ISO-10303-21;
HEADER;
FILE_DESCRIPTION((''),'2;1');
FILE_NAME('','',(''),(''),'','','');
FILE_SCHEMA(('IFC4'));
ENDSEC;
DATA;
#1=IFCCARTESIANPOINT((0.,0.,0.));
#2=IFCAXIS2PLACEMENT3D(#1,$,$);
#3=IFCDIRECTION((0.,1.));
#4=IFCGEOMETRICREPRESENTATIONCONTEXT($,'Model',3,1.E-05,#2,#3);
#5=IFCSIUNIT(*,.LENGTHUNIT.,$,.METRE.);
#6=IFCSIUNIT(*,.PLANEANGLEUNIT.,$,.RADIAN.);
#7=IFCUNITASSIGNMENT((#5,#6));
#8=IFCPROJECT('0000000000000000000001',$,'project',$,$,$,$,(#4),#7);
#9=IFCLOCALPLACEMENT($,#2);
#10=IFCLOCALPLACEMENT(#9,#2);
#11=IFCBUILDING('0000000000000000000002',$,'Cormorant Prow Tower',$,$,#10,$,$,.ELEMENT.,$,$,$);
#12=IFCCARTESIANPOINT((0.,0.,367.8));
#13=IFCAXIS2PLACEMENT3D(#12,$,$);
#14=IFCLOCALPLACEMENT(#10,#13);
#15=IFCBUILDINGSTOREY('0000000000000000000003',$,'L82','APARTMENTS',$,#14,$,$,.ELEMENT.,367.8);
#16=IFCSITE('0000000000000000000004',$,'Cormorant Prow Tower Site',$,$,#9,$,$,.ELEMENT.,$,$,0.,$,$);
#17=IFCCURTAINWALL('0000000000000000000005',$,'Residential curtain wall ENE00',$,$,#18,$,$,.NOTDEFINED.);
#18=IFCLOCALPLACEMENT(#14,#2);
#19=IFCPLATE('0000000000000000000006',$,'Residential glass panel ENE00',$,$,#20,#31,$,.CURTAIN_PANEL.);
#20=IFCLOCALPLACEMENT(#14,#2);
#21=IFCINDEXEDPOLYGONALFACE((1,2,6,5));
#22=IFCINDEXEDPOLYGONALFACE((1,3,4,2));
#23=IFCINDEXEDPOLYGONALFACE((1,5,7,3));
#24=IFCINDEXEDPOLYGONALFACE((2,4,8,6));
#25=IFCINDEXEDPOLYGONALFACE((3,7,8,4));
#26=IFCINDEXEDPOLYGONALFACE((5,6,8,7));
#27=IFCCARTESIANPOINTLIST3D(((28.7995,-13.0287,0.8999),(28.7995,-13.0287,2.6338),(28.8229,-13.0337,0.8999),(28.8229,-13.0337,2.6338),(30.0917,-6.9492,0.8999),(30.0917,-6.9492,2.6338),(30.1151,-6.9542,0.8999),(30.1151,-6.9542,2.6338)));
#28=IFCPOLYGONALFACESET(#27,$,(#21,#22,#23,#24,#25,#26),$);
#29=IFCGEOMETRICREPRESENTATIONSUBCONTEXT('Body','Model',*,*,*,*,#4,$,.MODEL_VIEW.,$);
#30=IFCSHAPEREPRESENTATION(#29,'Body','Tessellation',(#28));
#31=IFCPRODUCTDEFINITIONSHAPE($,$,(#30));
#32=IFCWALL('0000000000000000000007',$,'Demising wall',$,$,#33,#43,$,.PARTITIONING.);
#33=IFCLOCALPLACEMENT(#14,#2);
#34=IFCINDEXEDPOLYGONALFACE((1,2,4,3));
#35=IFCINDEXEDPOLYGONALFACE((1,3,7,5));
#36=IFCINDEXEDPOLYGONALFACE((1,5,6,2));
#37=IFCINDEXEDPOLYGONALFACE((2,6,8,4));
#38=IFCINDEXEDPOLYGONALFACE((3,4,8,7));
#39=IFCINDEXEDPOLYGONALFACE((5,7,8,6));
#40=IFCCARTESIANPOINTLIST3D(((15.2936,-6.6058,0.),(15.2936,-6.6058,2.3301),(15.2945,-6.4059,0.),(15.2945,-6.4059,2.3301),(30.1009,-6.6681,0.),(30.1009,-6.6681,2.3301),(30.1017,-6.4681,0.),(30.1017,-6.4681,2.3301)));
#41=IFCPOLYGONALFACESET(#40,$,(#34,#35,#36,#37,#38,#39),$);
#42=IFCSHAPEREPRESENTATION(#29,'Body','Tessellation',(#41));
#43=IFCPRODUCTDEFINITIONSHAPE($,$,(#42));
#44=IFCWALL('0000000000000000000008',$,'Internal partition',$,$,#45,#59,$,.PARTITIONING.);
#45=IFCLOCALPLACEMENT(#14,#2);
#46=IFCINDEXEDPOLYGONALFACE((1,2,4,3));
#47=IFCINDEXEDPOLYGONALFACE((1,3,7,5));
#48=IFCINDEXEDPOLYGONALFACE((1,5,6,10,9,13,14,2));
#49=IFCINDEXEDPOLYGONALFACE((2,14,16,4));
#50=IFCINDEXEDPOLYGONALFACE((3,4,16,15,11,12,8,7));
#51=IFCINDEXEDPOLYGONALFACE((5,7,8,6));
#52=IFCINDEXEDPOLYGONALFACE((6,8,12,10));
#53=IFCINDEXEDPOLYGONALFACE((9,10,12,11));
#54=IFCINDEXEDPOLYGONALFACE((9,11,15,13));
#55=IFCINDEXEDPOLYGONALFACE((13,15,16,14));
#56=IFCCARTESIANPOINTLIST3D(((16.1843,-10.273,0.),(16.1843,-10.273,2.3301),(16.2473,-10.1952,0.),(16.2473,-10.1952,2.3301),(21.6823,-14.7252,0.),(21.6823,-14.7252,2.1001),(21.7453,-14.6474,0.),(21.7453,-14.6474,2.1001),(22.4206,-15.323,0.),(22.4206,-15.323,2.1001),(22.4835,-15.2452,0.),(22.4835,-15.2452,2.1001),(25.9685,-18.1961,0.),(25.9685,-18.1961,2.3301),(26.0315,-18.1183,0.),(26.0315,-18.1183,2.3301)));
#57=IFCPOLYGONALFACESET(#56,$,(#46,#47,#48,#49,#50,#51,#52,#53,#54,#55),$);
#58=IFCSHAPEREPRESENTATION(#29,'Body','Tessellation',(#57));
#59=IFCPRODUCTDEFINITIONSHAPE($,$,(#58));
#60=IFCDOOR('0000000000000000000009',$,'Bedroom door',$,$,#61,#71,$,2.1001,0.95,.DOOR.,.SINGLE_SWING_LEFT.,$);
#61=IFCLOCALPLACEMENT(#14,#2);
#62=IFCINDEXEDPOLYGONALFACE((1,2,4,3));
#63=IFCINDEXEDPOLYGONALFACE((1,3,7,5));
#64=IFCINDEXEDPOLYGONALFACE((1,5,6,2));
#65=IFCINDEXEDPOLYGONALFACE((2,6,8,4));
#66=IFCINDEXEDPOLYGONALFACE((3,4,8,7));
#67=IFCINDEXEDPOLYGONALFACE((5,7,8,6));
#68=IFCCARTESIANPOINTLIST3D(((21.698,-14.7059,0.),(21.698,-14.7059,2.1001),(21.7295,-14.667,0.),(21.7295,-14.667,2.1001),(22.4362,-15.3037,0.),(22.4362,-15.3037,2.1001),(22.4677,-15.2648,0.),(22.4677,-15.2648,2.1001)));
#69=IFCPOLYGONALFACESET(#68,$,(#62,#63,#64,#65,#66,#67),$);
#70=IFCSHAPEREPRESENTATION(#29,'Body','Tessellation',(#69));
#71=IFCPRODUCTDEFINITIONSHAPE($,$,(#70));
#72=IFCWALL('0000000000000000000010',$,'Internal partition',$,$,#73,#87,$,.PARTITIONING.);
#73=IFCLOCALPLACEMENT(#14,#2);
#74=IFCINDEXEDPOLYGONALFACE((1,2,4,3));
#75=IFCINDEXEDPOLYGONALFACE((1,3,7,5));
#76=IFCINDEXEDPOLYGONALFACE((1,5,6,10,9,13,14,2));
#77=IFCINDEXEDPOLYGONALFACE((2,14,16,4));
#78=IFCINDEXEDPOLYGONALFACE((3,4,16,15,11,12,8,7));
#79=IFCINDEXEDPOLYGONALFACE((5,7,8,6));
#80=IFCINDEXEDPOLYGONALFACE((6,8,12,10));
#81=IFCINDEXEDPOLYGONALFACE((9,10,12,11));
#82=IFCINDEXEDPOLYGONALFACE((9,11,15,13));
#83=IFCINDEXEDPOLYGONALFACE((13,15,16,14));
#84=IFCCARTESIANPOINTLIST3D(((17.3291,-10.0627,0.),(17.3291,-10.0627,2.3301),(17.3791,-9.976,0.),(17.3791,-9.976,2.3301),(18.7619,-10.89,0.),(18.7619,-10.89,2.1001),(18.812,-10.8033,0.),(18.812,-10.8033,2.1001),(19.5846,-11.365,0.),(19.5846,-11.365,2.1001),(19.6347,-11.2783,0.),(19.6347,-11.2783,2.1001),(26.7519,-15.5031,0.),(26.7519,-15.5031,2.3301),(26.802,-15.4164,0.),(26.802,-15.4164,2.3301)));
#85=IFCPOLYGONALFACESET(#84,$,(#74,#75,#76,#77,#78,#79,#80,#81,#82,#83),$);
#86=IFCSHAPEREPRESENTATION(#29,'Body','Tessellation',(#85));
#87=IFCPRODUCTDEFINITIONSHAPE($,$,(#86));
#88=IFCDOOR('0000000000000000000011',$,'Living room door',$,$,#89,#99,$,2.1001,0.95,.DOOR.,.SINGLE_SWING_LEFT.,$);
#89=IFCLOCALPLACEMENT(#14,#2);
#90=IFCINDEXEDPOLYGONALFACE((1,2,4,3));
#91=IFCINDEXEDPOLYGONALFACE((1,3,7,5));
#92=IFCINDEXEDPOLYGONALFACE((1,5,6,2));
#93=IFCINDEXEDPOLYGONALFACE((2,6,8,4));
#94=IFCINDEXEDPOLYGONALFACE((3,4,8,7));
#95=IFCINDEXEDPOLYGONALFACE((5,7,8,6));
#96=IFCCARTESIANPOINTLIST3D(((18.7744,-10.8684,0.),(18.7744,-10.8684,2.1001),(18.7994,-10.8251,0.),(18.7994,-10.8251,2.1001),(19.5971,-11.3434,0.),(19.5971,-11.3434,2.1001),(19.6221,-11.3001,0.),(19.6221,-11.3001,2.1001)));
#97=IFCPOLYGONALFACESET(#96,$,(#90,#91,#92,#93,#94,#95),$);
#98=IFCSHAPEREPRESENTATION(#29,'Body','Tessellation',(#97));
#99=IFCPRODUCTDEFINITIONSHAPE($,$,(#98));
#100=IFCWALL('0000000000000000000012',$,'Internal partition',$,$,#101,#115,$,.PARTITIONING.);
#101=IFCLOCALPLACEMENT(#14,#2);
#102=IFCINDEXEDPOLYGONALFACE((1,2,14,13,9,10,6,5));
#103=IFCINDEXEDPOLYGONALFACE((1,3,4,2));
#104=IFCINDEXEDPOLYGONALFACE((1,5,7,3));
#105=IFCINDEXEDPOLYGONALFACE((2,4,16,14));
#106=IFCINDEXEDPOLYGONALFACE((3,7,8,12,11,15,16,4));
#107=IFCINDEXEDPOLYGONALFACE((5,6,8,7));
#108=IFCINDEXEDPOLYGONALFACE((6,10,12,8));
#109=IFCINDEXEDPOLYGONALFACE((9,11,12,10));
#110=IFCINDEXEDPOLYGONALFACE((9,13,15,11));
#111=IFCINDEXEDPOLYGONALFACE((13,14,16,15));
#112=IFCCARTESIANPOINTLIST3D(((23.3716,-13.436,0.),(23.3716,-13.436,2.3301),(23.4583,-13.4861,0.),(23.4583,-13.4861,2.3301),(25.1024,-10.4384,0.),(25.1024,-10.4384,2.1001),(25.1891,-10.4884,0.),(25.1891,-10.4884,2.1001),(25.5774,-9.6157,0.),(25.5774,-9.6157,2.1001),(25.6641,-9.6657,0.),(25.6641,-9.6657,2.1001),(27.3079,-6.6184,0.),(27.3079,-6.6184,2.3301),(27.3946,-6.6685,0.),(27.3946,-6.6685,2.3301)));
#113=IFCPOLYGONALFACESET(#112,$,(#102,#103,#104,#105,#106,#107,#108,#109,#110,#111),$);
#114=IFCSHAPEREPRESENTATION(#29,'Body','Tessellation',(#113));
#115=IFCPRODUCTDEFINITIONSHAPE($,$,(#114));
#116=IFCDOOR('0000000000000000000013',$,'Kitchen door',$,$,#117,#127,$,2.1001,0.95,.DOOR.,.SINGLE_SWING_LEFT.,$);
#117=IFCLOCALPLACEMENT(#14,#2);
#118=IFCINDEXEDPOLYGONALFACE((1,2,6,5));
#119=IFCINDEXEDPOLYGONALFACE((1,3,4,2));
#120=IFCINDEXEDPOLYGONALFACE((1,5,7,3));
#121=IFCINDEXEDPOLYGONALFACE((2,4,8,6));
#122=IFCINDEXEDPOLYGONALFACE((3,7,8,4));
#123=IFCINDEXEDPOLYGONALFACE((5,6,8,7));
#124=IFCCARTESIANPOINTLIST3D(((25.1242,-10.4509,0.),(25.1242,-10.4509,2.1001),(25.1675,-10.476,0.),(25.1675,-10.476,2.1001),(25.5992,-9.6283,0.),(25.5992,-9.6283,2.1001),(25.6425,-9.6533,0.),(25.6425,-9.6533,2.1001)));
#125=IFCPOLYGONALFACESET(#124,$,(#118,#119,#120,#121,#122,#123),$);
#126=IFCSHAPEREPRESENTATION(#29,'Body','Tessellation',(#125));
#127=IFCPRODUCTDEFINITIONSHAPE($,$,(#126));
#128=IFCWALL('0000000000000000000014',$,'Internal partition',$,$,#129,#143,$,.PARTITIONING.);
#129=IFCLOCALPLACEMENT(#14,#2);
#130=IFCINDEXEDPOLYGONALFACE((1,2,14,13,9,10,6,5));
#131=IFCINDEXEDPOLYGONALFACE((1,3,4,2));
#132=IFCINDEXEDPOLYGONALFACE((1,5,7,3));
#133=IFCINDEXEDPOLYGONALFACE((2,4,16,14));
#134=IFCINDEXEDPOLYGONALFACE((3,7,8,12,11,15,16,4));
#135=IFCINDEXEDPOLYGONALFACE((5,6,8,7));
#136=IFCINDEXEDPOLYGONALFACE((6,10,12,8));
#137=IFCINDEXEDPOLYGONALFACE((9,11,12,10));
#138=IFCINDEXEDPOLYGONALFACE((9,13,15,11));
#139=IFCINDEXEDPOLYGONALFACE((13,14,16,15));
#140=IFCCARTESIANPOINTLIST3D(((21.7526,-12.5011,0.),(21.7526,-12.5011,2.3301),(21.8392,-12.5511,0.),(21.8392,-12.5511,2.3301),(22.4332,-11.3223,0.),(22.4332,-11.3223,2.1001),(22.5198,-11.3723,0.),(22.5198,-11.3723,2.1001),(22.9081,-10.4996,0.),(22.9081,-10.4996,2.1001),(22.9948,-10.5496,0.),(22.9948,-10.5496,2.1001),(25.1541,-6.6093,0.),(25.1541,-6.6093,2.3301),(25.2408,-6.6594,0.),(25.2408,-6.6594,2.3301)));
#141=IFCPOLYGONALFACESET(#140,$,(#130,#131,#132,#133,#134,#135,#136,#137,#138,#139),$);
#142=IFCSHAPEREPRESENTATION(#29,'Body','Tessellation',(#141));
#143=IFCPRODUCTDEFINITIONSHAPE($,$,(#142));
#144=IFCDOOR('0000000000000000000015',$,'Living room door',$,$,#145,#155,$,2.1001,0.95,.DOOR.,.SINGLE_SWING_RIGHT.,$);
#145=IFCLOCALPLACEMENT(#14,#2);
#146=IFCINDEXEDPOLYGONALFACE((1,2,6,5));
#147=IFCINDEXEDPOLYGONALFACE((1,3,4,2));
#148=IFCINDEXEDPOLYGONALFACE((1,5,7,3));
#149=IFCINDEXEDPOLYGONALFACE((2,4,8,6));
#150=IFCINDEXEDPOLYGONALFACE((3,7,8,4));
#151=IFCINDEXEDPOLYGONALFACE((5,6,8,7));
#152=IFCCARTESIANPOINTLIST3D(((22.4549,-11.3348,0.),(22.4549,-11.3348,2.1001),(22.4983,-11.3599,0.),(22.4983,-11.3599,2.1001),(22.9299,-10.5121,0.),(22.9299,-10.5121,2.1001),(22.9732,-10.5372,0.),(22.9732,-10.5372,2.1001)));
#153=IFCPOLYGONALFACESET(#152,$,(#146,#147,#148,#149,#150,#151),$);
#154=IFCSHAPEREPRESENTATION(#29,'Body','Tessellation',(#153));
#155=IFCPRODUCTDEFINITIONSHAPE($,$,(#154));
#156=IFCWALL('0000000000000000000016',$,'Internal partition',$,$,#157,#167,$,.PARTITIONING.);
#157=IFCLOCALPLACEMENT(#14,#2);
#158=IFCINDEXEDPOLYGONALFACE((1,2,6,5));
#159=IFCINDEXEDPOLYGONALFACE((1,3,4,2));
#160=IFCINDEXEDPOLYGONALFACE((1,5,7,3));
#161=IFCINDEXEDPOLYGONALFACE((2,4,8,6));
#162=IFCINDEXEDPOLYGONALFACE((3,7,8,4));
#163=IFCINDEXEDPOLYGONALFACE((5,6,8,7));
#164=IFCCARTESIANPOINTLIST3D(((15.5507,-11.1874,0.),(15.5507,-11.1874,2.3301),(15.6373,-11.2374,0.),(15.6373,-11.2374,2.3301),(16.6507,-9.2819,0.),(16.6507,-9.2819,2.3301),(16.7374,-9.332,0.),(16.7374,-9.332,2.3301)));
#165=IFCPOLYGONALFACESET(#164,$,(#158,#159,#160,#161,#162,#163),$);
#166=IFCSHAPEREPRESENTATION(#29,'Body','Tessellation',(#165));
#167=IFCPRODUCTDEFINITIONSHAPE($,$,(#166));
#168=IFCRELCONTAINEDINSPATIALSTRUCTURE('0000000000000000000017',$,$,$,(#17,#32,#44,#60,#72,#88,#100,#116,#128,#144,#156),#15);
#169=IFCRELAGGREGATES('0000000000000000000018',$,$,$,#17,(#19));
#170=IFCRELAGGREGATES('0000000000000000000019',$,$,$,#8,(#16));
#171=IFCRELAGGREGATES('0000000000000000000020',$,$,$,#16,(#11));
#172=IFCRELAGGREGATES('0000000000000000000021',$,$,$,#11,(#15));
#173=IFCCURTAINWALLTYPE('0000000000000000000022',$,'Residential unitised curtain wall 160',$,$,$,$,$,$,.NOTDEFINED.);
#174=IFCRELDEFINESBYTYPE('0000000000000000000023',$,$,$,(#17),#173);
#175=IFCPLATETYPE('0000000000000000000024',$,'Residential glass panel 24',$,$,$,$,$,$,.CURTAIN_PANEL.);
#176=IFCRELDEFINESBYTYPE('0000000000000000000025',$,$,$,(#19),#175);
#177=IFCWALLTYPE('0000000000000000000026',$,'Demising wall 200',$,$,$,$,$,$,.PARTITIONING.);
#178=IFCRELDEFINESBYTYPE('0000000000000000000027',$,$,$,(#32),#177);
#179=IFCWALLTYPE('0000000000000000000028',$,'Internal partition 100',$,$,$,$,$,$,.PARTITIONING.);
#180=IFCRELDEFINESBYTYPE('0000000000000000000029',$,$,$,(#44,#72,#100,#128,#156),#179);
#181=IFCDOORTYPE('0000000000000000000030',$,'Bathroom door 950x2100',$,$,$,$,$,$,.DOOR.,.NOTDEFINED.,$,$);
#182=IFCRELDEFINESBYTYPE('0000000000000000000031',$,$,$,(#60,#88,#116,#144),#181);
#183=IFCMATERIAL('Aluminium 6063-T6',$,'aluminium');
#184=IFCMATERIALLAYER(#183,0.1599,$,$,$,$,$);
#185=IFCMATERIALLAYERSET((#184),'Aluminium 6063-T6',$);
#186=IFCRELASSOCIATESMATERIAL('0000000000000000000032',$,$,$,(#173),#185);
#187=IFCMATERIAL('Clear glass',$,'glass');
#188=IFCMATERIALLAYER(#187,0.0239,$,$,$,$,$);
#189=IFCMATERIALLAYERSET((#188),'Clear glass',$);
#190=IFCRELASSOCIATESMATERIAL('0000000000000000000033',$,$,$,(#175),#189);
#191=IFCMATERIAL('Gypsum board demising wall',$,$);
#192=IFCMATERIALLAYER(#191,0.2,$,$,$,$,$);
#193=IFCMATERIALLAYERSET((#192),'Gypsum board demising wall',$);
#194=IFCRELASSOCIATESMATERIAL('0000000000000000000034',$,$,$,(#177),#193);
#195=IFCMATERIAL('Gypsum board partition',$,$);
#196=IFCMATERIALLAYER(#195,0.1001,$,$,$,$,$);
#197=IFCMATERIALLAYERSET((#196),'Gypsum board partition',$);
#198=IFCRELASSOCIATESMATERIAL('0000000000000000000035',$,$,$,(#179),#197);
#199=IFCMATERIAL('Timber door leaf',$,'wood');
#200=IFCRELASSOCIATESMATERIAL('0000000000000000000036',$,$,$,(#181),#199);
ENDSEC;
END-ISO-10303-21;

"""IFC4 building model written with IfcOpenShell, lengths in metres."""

from ifc_helpers import new_model, si_unit, direction, frame, frame_2d, origin, origin_2d, place, context, subcontext, project, spatial, rectangle, extrude, material, layer, layer_set, type_object, element, fill, aggregate, save


model = new_model("IFC4")

# Units and contexts
model_context = context("Model", 3, precision=1e-05, world=origin(), true_north=direction((0.0, 1.0)))
body_context = subcontext(model_context, "Body", "Model", "MODEL_VIEW")
ifc_project = project(units=[si_unit("LENGTHUNIT", "METRE"), si_unit("PLANEANGLEUNIT", "RADIAN")], contexts=[model_context])

# Site, building, storey
site_placement = place(None, origin())
site = spatial("IfcSite", under=ifc_project, at=site_placement, Name="Cormorant Prow Tower Site", CompositionType="ELEMENT", RefElevation=0.0)
building_placement = place(site_placement, origin())
building = spatial("IfcBuilding", under=site, at=building_placement, Name="Cormorant Prow Tower", CompositionType="ELEMENT")
storey_placement = place(building_placement, frame((0.0, 0.0, 367.8)))
storey = spatial("IfcBuildingStorey", under=building, at=storey_placement, Name="L82", Description="APARTMENTS", CompositionType="ELEMENT", Elevation=367.8)

# Curtain wall
ifc_material_1 = material(Name="Aluminium 6063-T6", Category="aluminium")
ifc_layer_1 = layer(ifc_material_1, 0.1599)
ifc_layer_set_1 = layer_set([ifc_layer_1], Name="Aluminium 6063-T6")
curtain_wall_type = type_object("IfcCurtainWallType", Name="Residential unitised curtain wall 160", PredefinedType="NOTDEFINED", material=ifc_layer_set_1)
curtain_wall_1_placement = place(storey_placement, origin())
curtain_wall_1 = element("IfcCurtainWall", 1, at=curtain_wall_1_placement, inside=storey, type_object=curtain_wall_type, Name="Residential curtain wall ENE00", PredefinedType="NOTDEFINED")

# Plate
ifc_material_2 = material(Name="Clear glass", Category="glass")
ifc_layer_2 = layer(ifc_material_2, 0.0239)
ifc_layer_set_2 = layer_set([ifc_layer_2], Name="Clear glass")
plate_type = type_object("IfcPlateType", Name="Residential glass panel 24", PredefinedType="CURTAIN_PANEL", material=ifc_layer_set_2)
plate_placement = place(storey_placement, frame((29.4573, -9.9915, 0.8999), z_axis=(0.0, 0.0, 1.0), x_axis=(0.207912, 0.978148, 0.0)))
plate = element("IfcPlate", 2, at=plate_placement, type_object=plate_type, Name="Residential glass panel ENE00", PredefinedType="CURTAIN_PANEL", context=body_context, shape_type="SweptSolid", body=[
    extrude(rectangle(XDim=6.2153, YDim=0.0239, at=origin_2d()), origin(), (0.0, 0.0, 1.0), 1.7339),
])
aggregate(curtain_wall_1, [plate])

# Wall
ifc_material_3 = material(Name="Gypsum board demising wall")
ifc_layer_3 = layer(ifc_material_3, 0.2)
ifc_layer_set_3 = layer_set([ifc_layer_3], Name="Gypsum board demising wall")
wall_type_1 = type_object("IfcWallType", Name="Demising wall 200", PredefinedType="PARTITIONING", material=ifc_layer_set_3)
wall_1_placement = place(storey_placement, frame((15.2939, -6.5059, 0.0), z_axis=(0.0, 0.0, 1.0), x_axis=(0.999991, -0.004204, 0.0)))
element("IfcWall", 3, at=wall_1_placement, inside=storey, type_object=wall_type_1, Name="Demising wall", PredefinedType="PARTITIONING", context=body_context, shape_type="SweptSolid", body=[
    extrude(rectangle(XDim=14.8074, YDim=0.2, at=frame_2d((7.4038, 0.0))), origin(), (0.0, 0.0, 1.0), 2.3301),
])

# Walls, openings, doors
ifc_material_4 = material(Name="Gypsum board partition")
ifc_layer_4 = layer(ifc_material_4, 0.1001)
ifc_layer_set_4 = layer_set([ifc_layer_4], Name="Gypsum board partition")
wall_type_2 = type_object("IfcWallType", Name="Internal partition 100", PredefinedType="PARTITIONING", material=ifc_layer_set_4)
wall_2_placement = place(storey_placement, frame((16.2158, -10.2341, 0.0), z_axis=(0.0, 0.0, 1.0), x_axis=(0.777145, -0.629322, 0.0)))
wall_2 = element("IfcWall", 4, at=wall_2_placement, inside=storey, type_object=wall_type_2, Name="Internal partition", PredefinedType="PARTITIONING", context=body_context, shape_type="SweptSolid", body=[
    extrude(rectangle(XDim=12.5898, YDim=0.1001, at=frame_2d((6.2949, 0.0))), origin(), (0.0, 0.0, 1.0), 2.3301),
])
opening_1_placement = place(wall_2_placement, frame((7.0745, 0.0, 0.0)))
opening_1 = element("IfcOpeningElement", 5, at=opening_1_placement, cuts=wall_2, PredefinedType="OPENING", context=body_context, shape_type="SweptSolid", body=[
    extrude(rectangle(XDim=0.95, YDim=2.1001, at=frame_2d((0.4751, 1.05))), frame((0.0, 0.0601, 0.0), z_axis=(0.0, -1.0, 0.0), x_axis=(1.0, 0.0, 0.0)), (0.0, 0.0, 1.0), 0.1201),
])
ifc_material_5 = material(Name="Timber door leaf", Category="wood")
door_type_1 = type_object("IfcDoorType", Name="Bathroom door 950x2100", OperationType="NOTDEFINED", PredefinedType="DOOR", material=ifc_material_5)
door_1_placement = place(opening_1_placement, origin())
door_1 = element("IfcDoor", 6, at=door_1_placement, inside=storey, type_object=door_type_1, Name="Bedroom door", OperationType="SINGLE_SWING_LEFT", OverallHeight=2.1001, OverallWidth=0.95, PredefinedType="DOOR", context=body_context, shape_type="SweptSolid", body=[
    extrude(rectangle(XDim=0.95, YDim=2.1001, at=frame_2d((0.4751, 1.05))), frame((0.0, 0.0249, 0.0), z_axis=(0.0, -1.0, 0.0), x_axis=(1.0, 0.0, 0.0)), (0.0, 0.0, 1.0), 0.05),
])
fill(opening_1, door_1)
wall_3_placement = place(storey_placement, frame((17.354, -10.0193, 0.0), z_axis=(0.0, 0.0, 1.0), x_axis=(0.86602, -0.50001, 0.0)))
wall_3 = element("IfcWall", 7, at=wall_3_placement, inside=storey, type_object=wall_type_2, Name="Internal partition", PredefinedType="PARTITIONING", context=body_context, shape_type="SweptSolid", body=[
    extrude(rectangle(XDim=10.8806, YDim=0.1001, at=frame_2d((5.4404, 0.0))), origin(), (0.0, 0.0, 1.0), 2.3301),
])
opening_2_placement = place(wall_3_placement, frame((1.6545, 0.0, 0.0)))
opening_2 = element("IfcOpeningElement", 8, at=opening_2_placement, cuts=wall_3, PredefinedType="OPENING", context=body_context, shape_type="SweptSolid", body=[
    extrude(rectangle(XDim=0.95, YDim=2.1001, at=frame_2d((0.4751, 1.05))), frame((0.0, 0.0601, 0.0), z_axis=(0.0, -1.0, 0.0), x_axis=(1.0, 0.0, 0.0)), (0.0, 0.0, 1.0), 0.1201),
])
door_2_placement = place(opening_2_placement, origin())
door_2 = element("IfcDoor", 9, at=door_2_placement, inside=storey, type_object=door_type_1, Name="Living room door", OperationType="SINGLE_SWING_LEFT", OverallHeight=2.1001, OverallWidth=0.95, PredefinedType="DOOR", context=body_context, shape_type="SweptSolid", body=[
    extrude(rectangle(XDim=0.95, YDim=2.1001, at=frame_2d((0.4751, 1.05))), frame((0.0, 0.0249, 0.0), z_axis=(0.0, -1.0, 0.0), x_axis=(1.0, 0.0, 0.0)), (0.0, 0.0, 1.0), 0.05),
])
fill(opening_2, door_2)
wall_4_placement = place(storey_placement, frame((23.415, -13.4609, 0.0), z_axis=(0.0, 0.0, 1.0), x_axis=(0.500011, 0.866019, 0.0)))
wall_4 = element("IfcWall", 10, at=wall_4_placement, inside=storey, type_object=wall_type_2, Name="Internal partition", PredefinedType="PARTITIONING", context=body_context, shape_type="SweptSolid", body=[
    extrude(rectangle(XDim=7.8723, YDim=0.1001, at=frame_2d((3.936, 0.0))), origin(), (0.0, 0.0, 1.0), 2.3301),
])
opening_3_placement = place(wall_4_placement, frame((3.4612, 0.0, 0.0)))
opening_3 = element("IfcOpeningElement", 11, at=opening_3_placement, cuts=wall_4, PredefinedType="OPENING", context=body_context, shape_type="SweptSolid", body=[
    extrude(rectangle(XDim=0.95, YDim=2.1001, at=frame_2d((0.4751, 1.05))), frame((0.0, 0.0601, 0.0), z_axis=(0.0, -1.0, 0.0), x_axis=(1.0, 0.0, 0.0)), (0.0, 0.0, 1.0), 0.1201),
])
door_3_placement = place(opening_3_placement, origin())
door_3 = element("IfcDoor", 12, at=door_3_placement, inside=storey, type_object=door_type_1, Name="Kitchen door", OperationType="SINGLE_SWING_LEFT", OverallHeight=2.1001, OverallWidth=0.95, PredefinedType="DOOR", context=body_context, shape_type="SweptSolid", body=[
    extrude(rectangle(XDim=0.95, YDim=2.1001, at=frame_2d((0.4751, 1.05))), frame((0.0, 0.0249, 0.0), z_axis=(0.0, -1.0, 0.0), x_axis=(1.0, 0.0, 0.0)), (0.0, 0.0, 1.0), 0.05),
])
fill(opening_3, door_3)
wall_5_placement = place(storey_placement, frame((21.7959, -12.5261, 0.0), z_axis=(0.0, 0.0, 1.0), x_axis=(0.499995, 0.866028, 0.0)))
wall_5 = element("IfcWall", 13, at=wall_5_placement, inside=storey, type_object=wall_type_2, Name="Internal partition", PredefinedType="PARTITIONING", context=body_context, shape_type="SweptSolid", body=[
    extrude(rectangle(XDim=6.8032, YDim=0.1001, at=frame_2d((3.4016, 0.0))), origin(), (0.0, 0.0, 1.0), 2.3301),
])
opening_4_placement = place(wall_5_placement, frame((1.3611, 0.0, 0.0)))
opening_4 = element("IfcOpeningElement", 14, at=opening_4_placement, cuts=wall_5, PredefinedType="OPENING", context=body_context, shape_type="SweptSolid", body=[
    extrude(rectangle(XDim=0.95, YDim=2.1001, at=frame_2d((0.4751, 1.05))), frame((0.0, 0.0601, 0.0), z_axis=(0.0, -1.0, 0.0), x_axis=(1.0, 0.0, 0.0)), (0.0, 0.0, 1.0), 0.1201),
])
door_4_placement = place(opening_4_placement, origin())
door_4 = element("IfcDoor", 15, at=door_4_placement, inside=storey, type_object=door_type_1, Name="Living room door", OperationType="SINGLE_SWING_RIGHT", OverallHeight=2.1001, OverallWidth=0.95, PredefinedType="DOOR", context=body_context, shape_type="SweptSolid", body=[
    extrude(rectangle(XDim=0.95, YDim=2.1001, at=frame_2d((0.4751, 1.05))), frame((0.0, 0.0249, 0.0), z_axis=(0.0, -1.0, 0.0), x_axis=(1.0, 0.0, 0.0)), (0.0, 0.0, 1.0), 0.05),
])
fill(opening_4, door_4)

# Wall
wall_6_placement = place(storey_placement, frame((15.594, -11.2124, 0.0), z_axis=(0.0, 0.0, 1.0), x_axis=(0.499982, 0.866036, 0.0)))
element("IfcWall", 16, at=wall_6_placement, inside=storey, type_object=wall_type_2, Name="Internal partition", PredefinedType="PARTITIONING", context=body_context, shape_type="SweptSolid", body=[
    extrude(rectangle(XDim=2.2002, YDim=0.1001, at=frame_2d((1.1001, 0.0))), origin(), (0.0, 0.0, 1.0), 2.3301),
])

save(model, "model.ifc")
